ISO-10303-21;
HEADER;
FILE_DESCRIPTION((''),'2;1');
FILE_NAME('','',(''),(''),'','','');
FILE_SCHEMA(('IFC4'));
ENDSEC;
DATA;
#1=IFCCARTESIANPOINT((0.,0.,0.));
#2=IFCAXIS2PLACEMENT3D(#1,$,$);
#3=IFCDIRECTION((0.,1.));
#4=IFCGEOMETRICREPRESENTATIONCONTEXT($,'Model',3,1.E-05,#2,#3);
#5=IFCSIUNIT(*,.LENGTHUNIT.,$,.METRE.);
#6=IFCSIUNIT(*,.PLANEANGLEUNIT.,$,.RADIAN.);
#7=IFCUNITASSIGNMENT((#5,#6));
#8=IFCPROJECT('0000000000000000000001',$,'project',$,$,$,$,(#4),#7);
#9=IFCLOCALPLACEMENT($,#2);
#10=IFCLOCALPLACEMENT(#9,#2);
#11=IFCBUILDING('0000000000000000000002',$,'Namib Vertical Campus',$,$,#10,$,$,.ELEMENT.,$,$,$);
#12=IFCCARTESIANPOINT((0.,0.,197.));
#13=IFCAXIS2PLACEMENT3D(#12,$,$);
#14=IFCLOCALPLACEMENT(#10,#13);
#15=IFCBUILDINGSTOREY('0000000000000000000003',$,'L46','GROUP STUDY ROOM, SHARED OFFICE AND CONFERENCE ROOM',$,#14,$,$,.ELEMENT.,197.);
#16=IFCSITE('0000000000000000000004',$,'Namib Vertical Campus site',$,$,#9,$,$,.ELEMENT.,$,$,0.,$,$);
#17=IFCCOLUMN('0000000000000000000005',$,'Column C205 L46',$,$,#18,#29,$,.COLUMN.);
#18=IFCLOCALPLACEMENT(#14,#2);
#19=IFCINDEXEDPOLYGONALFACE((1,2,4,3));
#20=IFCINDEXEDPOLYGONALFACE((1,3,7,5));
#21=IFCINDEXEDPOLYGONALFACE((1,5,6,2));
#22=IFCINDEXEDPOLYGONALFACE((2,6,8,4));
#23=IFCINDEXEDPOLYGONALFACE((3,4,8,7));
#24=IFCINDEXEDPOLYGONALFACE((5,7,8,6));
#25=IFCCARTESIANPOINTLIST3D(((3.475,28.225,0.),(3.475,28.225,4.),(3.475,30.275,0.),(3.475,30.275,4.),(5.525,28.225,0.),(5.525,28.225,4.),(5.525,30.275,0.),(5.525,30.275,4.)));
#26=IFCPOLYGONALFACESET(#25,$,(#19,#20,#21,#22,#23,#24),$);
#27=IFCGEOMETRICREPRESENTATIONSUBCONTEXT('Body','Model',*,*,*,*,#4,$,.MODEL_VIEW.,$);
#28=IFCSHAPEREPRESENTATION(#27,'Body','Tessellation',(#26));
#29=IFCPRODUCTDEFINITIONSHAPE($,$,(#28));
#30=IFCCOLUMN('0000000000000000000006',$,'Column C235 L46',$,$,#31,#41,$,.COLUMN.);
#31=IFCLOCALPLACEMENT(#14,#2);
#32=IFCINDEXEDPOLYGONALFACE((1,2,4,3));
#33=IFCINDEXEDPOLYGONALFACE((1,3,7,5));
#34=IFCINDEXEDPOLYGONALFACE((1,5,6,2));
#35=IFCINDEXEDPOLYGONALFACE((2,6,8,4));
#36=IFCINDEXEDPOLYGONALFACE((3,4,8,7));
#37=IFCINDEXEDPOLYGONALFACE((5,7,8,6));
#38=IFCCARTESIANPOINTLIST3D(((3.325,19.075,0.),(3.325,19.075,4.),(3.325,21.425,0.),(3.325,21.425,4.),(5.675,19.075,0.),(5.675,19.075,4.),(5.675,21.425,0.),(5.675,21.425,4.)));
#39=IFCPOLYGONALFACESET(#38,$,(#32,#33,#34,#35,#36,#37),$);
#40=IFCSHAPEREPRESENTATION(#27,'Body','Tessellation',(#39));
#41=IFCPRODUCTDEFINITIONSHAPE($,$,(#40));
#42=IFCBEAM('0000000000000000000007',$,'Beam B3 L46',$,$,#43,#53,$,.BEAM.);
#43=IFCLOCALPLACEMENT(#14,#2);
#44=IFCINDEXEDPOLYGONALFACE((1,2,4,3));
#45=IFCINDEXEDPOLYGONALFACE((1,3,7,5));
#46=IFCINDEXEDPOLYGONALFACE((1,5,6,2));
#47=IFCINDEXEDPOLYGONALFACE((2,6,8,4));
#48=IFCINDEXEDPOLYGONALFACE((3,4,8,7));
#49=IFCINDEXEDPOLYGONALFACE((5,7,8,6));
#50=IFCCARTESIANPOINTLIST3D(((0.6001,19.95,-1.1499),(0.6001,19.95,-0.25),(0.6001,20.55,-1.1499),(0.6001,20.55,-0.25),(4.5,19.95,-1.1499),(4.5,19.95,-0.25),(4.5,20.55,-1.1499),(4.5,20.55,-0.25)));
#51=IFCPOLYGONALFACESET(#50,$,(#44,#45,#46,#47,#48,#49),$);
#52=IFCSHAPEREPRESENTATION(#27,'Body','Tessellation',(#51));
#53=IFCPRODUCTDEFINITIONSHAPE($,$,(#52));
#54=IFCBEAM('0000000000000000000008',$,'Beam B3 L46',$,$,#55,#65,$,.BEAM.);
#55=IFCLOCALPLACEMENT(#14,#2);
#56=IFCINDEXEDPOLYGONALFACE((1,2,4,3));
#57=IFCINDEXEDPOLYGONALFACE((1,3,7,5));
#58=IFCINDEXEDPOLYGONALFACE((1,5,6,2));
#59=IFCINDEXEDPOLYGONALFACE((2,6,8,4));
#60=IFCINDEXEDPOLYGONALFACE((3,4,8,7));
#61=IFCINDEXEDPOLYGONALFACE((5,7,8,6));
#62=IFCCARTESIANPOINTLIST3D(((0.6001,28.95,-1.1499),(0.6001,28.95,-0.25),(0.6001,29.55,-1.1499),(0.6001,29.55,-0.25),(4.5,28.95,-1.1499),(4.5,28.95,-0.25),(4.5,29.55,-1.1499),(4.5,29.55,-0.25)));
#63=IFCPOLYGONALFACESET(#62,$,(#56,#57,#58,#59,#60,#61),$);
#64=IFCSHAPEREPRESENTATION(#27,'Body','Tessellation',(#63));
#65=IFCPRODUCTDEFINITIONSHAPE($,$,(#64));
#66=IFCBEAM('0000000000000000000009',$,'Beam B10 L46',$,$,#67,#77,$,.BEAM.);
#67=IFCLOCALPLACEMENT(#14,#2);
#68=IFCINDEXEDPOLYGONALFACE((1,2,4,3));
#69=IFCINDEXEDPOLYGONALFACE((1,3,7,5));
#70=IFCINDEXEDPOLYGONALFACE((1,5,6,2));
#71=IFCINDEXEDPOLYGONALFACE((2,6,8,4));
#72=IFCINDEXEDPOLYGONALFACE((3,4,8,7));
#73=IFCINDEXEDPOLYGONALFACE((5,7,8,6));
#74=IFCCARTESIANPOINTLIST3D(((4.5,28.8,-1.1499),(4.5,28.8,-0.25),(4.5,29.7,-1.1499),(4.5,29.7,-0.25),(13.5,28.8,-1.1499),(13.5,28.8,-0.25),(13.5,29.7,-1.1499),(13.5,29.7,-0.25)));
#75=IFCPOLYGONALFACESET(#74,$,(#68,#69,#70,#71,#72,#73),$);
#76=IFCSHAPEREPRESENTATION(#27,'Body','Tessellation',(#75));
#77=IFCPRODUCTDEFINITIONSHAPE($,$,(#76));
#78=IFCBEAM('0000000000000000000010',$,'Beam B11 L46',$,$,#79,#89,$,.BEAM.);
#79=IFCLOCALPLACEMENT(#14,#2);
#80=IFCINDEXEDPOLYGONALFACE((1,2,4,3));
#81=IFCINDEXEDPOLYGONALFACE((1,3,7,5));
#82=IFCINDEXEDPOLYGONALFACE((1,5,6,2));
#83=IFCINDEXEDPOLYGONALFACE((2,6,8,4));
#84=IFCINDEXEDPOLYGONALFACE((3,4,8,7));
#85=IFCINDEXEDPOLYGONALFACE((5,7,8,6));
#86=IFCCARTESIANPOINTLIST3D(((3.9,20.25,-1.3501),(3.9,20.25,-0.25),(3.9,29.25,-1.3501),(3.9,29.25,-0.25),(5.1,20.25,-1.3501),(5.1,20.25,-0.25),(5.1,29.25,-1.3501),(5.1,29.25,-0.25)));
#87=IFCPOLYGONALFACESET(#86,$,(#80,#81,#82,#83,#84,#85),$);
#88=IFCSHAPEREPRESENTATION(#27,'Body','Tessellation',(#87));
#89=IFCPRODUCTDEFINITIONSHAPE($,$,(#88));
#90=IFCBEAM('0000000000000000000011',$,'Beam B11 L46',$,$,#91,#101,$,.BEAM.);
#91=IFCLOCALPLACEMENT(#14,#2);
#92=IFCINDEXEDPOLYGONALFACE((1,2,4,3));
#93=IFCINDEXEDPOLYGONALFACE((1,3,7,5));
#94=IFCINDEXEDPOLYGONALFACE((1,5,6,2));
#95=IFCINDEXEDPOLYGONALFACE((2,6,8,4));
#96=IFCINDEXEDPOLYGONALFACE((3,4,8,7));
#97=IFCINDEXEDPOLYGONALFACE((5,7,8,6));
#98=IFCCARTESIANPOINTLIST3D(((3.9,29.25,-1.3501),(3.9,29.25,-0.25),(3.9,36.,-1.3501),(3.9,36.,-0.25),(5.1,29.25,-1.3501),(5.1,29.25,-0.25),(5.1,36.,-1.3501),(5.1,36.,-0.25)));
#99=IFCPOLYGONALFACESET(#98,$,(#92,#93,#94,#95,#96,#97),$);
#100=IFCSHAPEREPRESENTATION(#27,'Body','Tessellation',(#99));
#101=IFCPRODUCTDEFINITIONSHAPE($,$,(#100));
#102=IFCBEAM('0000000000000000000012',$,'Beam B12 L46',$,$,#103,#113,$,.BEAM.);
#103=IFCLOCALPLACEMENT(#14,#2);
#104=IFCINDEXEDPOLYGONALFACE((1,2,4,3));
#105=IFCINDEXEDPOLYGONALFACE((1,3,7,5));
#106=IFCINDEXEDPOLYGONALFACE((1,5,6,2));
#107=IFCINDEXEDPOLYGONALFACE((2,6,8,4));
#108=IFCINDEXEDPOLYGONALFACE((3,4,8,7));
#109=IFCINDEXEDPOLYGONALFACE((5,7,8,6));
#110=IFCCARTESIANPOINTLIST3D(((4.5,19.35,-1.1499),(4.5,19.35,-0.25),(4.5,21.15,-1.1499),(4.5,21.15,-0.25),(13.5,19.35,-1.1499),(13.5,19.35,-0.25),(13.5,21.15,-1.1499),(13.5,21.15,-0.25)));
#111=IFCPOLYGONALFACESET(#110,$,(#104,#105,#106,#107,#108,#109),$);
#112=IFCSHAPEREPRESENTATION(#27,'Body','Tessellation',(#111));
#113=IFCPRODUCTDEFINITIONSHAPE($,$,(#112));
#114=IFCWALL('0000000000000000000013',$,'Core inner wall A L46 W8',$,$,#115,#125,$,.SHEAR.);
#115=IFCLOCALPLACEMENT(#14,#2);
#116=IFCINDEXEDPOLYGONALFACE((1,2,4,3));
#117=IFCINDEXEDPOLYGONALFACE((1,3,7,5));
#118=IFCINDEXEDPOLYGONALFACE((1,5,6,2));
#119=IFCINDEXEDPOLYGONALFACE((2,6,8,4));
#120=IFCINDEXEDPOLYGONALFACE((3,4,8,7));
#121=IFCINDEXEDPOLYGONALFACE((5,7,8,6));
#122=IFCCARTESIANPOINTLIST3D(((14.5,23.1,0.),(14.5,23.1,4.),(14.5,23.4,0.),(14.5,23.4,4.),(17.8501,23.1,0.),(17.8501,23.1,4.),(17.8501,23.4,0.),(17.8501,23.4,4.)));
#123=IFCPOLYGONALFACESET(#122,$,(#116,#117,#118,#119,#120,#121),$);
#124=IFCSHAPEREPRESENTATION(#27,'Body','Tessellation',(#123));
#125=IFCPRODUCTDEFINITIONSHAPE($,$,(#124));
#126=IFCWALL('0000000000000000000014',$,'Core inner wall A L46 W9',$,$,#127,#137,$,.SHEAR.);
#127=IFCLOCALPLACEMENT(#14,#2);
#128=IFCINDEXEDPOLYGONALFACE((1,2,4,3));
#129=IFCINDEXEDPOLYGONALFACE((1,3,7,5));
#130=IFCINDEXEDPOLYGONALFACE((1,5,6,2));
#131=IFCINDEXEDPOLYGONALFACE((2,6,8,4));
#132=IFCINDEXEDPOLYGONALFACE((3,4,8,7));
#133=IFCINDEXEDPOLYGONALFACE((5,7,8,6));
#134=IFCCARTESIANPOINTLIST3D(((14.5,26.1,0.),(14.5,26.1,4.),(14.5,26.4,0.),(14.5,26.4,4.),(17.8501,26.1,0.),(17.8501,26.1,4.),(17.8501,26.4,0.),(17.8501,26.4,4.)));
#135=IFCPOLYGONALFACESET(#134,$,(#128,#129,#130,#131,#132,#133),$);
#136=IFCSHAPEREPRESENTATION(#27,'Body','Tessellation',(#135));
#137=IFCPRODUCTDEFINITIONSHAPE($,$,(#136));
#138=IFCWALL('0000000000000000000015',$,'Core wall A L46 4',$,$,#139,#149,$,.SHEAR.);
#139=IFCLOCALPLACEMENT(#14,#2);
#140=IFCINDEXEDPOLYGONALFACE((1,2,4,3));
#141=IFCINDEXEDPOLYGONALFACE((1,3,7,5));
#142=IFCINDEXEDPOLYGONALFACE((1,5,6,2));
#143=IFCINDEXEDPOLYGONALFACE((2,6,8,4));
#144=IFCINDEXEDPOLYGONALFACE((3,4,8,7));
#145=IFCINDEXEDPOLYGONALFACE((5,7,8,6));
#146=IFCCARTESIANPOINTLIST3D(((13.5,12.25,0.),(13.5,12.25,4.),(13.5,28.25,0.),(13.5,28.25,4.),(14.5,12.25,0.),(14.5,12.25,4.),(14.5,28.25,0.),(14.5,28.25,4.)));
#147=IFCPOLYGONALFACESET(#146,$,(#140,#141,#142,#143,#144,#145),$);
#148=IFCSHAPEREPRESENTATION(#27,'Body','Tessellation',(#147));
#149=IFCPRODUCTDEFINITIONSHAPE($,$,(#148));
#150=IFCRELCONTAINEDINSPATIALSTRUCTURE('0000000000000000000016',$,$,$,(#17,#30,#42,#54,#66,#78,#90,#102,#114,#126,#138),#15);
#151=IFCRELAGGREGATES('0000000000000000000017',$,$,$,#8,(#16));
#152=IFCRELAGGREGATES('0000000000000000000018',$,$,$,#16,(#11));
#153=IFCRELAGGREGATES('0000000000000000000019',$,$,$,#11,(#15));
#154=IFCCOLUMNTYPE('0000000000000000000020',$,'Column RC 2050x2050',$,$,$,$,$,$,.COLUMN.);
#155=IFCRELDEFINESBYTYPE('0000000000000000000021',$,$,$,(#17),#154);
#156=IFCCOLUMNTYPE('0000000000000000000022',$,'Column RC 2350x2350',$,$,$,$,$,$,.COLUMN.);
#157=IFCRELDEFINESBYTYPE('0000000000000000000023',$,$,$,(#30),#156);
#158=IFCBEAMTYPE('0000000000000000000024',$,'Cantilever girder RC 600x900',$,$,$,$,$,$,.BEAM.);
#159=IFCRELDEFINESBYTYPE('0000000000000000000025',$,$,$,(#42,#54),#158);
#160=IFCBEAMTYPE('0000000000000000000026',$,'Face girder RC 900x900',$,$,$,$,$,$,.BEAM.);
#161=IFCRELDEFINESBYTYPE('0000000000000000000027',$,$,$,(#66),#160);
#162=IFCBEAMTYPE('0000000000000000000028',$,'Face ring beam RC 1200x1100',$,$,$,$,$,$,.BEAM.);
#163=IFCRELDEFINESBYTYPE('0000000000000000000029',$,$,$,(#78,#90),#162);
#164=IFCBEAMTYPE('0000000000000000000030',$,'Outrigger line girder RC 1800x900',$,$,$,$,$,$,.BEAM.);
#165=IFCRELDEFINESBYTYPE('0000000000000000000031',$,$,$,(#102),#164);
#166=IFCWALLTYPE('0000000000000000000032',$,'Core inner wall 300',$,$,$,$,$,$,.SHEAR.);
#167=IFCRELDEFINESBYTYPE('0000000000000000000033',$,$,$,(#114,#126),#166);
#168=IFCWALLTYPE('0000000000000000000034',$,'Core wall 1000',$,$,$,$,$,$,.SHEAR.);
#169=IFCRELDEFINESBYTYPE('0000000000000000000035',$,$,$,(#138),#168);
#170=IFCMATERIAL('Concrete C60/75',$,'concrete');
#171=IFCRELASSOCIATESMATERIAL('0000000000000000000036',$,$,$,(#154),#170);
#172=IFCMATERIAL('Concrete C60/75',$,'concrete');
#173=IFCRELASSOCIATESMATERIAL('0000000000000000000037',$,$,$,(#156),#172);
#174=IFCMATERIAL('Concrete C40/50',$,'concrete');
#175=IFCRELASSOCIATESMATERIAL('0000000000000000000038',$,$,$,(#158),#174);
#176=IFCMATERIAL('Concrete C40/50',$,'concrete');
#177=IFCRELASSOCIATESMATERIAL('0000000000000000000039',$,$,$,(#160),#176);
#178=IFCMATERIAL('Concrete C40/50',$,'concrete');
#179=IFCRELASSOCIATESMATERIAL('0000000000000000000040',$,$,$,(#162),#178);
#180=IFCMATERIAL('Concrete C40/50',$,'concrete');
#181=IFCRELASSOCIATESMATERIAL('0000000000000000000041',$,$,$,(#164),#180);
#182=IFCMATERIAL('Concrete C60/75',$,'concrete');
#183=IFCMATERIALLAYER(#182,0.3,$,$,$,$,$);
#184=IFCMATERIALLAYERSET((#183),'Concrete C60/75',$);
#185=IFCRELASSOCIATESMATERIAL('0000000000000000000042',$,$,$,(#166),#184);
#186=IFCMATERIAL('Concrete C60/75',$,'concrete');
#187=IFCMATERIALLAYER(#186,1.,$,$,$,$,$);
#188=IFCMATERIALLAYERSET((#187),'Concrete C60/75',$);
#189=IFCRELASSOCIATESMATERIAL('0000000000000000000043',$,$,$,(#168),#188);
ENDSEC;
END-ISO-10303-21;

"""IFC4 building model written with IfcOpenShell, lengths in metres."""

from ifc_helpers import new_model, si_unit, direction, frame, frame_2d, origin, origin_2d, place, context, subcontext, project, spatial, rectangle, extrude, material, layer, layer_set, material_profile, profile_set, type_object, element, save


model = new_model("IFC4")

# Units and contexts
model_context = context("Model", 3, precision=1e-05, world=origin(), true_north=direction((0.0, 1.0)))
body_context = subcontext(model_context, "Body", "Model", "MODEL_VIEW")
ifc_project = project(units=[si_unit("LENGTHUNIT", "METRE"), si_unit("PLANEANGLEUNIT", "RADIAN")], contexts=[model_context])

# Site, building, storey
site_placement = place(None, origin())
site = spatial("IfcSite", under=ifc_project, at=site_placement, Name="Namib Vertical Campus site", CompositionType="ELEMENT", RefElevation=0.0)
building_placement = place(site_placement, origin())
building = spatial("IfcBuilding", under=site, at=building_placement, Name="Namib Vertical Campus", CompositionType="ELEMENT")
storey_placement = place(building_placement, frame((0.0, 0.0, 197.0)))
storey = spatial("IfcBuildingStorey", under=building, at=storey_placement, Name="L46", Description="GROUP STUDY ROOM, SHARED OFFICE AND CONFERENCE ROOM", CompositionType="ELEMENT", Elevation=197.0)

# Columns
ifc_material_1 = material(Name="Concrete C60/75", Category="concrete")
ifc_material_profile_1 = material_profile(ifc_material_1, rectangle(XDim=2.05, YDim=2.05, at=origin_2d()))
ifc_profile_set_1 = profile_set([ifc_material_profile_1], Name="Concrete C60/75")
column_type_1 = type_object("IfcColumnType", Name="Column RC 2050x2050", PredefinedType="COLUMN", material=ifc_profile_set_1)
column_1_placement = place(storey_placement, frame((4.5, 29.25, 0.0), z_axis=(0.0, 0.0, 1.0), x_axis=(1.0, 0.0, 0.0)))
element("IfcColumn", 1, at=column_1_placement, inside=storey, type_object=column_type_1, Name="Column C205 L46", PredefinedType="COLUMN", context=body_context, shape_type="SweptSolid", body=[
    extrude(rectangle(XDim=2.05, YDim=2.05, at=origin_2d()), origin(), (0.0, 0.0, 1.0), 4.0),
])
ifc_material_2 = material(Name="Concrete C60/75", Category="concrete")
ifc_material_profile_2 = material_profile(ifc_material_2, rectangle(XDim=2.3501, YDim=2.3501, at=origin_2d()))
ifc_profile_set_2 = profile_set([ifc_material_profile_2], Name="Concrete C60/75")
column_type_2 = type_object("IfcColumnType", Name="Column RC 2350x2350", PredefinedType="COLUMN", material=ifc_profile_set_2)
column_2_placement = place(storey_placement, frame((4.5, 20.25, 0.0), z_axis=(0.0, 0.0, 1.0), x_axis=(1.0, 0.0, 0.0)))
element("IfcColumn", 2, at=column_2_placement, inside=storey, type_object=column_type_2, Name="Column C235 L46", PredefinedType="COLUMN", context=body_context, shape_type="SweptSolid", body=[
    extrude(rectangle(XDim=2.3501, YDim=2.3501, at=origin_2d()), origin(), (0.0, 0.0, 1.0), 4.0),
])

# Beams
ifc_material_3 = material(Name="Concrete C40/50", Category="concrete")
ifc_material_profile_3 = material_profile(ifc_material_3, rectangle(XDim=0.6001, YDim=0.8999, at=origin_2d()))
ifc_profile_set_3 = profile_set([ifc_material_profile_3], Name="Concrete C40/50")
beam_type_1 = type_object("IfcBeamType", Name="Cantilever girder RC 600x900", PredefinedType="BEAM", material=ifc_profile_set_3)
for number, where, z_axis, x_axis, name in (
    (3, (4.5, 20.25, -0.7), (-1.0, 0.0, 0.0), (0.0, -1.0, 0.0), "Beam B3 L46"),
    (4, (4.5, 29.25, -0.7), (-1.0, 0.0, 0.0), (0.0, -1.0, 0.0), "Beam B3 L46"),
):
    element("IfcBeam", number, at=place(storey_placement, frame(where, z_axis=z_axis, x_axis=x_axis)), inside=storey, type_object=beam_type_1, Name=name, PredefinedType="BEAM", context=body_context, shape_type="SweptSolid", body=[
        extrude(rectangle(XDim=0.6001, YDim=0.8999, at=origin_2d()), origin(), (0.0, 0.0, 1.0), 3.8999),
    ])
ifc_material_4 = material(Name="Concrete C40/50", Category="concrete")
ifc_material_profile_4 = material_profile(ifc_material_4, rectangle(XDim=0.8999, YDim=0.8999, at=origin_2d()))
ifc_profile_set_4 = profile_set([ifc_material_profile_4], Name="Concrete C40/50")
beam_type_2 = type_object("IfcBeamType", Name="Face girder RC 900x900", PredefinedType="BEAM", material=ifc_profile_set_4)
beam_1_placement = place(storey_placement, frame((4.5, 29.25, -0.7), z_axis=(1.0, 0.0, 0.0), x_axis=(0.0, 1.0, 0.0)))
element("IfcBeam", 5, at=beam_1_placement, inside=storey, type_object=beam_type_2, Name="Beam B10 L46", PredefinedType="BEAM", context=body_context, shape_type="SweptSolid", body=[
    extrude(rectangle(XDim=0.8999, YDim=0.8999, at=origin_2d()), origin(), (0.0, 0.0, 1.0), 9.0),
])
ifc_material_5 = material(Name="Concrete C40/50", Category="concrete")
ifc_material_profile_5 = material_profile(ifc_material_5, rectangle(XDim=1.2, YDim=1.1001, at=origin_2d()))
ifc_profile_set_5 = profile_set([ifc_material_profile_5], Name="Concrete C40/50")
beam_type_3 = type_object("IfcBeamType", Name="Face ring beam RC 1200x1100", PredefinedType="BEAM", material=ifc_profile_set_5)
beam_2_placement = place(storey_placement, frame((4.5, 20.25, -0.8), z_axis=(0.0, 1.0, 0.0), x_axis=(-1.0, 0.0, 0.0)))
element("IfcBeam", 6, at=beam_2_placement, inside=storey, type_object=beam_type_3, Name="Beam B11 L46", PredefinedType="BEAM", context=body_context, shape_type="SweptSolid", body=[
    extrude(rectangle(XDim=1.2, YDim=1.1001, at=origin_2d()), origin(), (0.0, 0.0, 1.0), 9.0),
])
beam_3_placement = place(storey_placement, frame((4.5, 29.25, -0.8), z_axis=(0.0, 1.0, 0.0), x_axis=(-1.0, 0.0, 0.0)))
element("IfcBeam", 7, at=beam_3_placement, inside=storey, type_object=beam_type_3, Name="Beam B11 L46", PredefinedType="BEAM", context=body_context, shape_type="SweptSolid", body=[
    extrude(rectangle(XDim=1.2, YDim=1.1001, at=origin_2d()), origin(), (0.0, 0.0, 1.0), 6.75),
])
ifc_material_6 = material(Name="Concrete C40/50", Category="concrete")
ifc_material_profile_6 = material_profile(ifc_material_6, rectangle(XDim=1.8, YDim=0.8999, at=origin_2d()))
ifc_profile_set_6 = profile_set([ifc_material_profile_6], Name="Concrete C40/50")
beam_type_4 = type_object("IfcBeamType", Name="Outrigger line girder RC 1800x900", PredefinedType="BEAM", material=ifc_profile_set_6)
beam_4_placement = place(storey_placement, frame((4.5, 20.25, -0.7), z_axis=(1.0, 0.0, 0.0), x_axis=(0.0, 1.0, 0.0)))
element("IfcBeam", 8, at=beam_4_placement, inside=storey, type_object=beam_type_4, Name="Beam B12 L46", PredefinedType="BEAM", context=body_context, shape_type="SweptSolid", body=[
    extrude(rectangle(XDim=1.8, YDim=0.8999, at=origin_2d()), origin(), (0.0, 0.0, 1.0), 9.0),
])

# Walls
ifc_material_7 = material(Name="Concrete C60/75", Category="concrete")
ifc_layer_1 = layer(ifc_material_7, 0.3)
ifc_layer_set_1 = layer_set([ifc_layer_1], Name="Concrete C60/75")
wall_type_1 = type_object("IfcWallType", Name="Core inner wall 300", PredefinedType="SHEAR", material=ifc_layer_set_1)
for number, where, z_axis, x_axis, name in (
    (9, (14.5, 23.25, 0.0), (0.0, 0.0, 1.0), (1.0, 0.0, 0.0), "Core inner wall A L46 W8"),
    (10, (14.5, 26.25, 0.0), (0.0, 0.0, 1.0), (1.0, 0.0, 0.0), "Core inner wall A L46 W9"),
):
    element("IfcWall", number, at=place(storey_placement, frame(where, z_axis=z_axis, x_axis=x_axis)), inside=storey, type_object=wall_type_1, Name=name, PredefinedType="SHEAR", context=body_context, shape_type="SweptSolid", body=[
        extrude(rectangle(XDim=3.3501, YDim=0.3, at=frame_2d((1.675, 0.0))), origin(), (0.0, 0.0, 1.0), 4.0),
    ])
ifc_material_8 = material(Name="Concrete C60/75", Category="concrete")
ifc_layer_2 = layer(ifc_material_8, 1.0)
ifc_layer_set_2 = layer_set([ifc_layer_2], Name="Concrete C60/75")
wall_type_2 = type_object("IfcWallType", Name="Core wall 1000", PredefinedType="SHEAR", material=ifc_layer_set_2)
wall_1_placement = place(storey_placement, frame((14.0, 28.25, 0.0), z_axis=(0.0, 0.0, 1.0), x_axis=(0.0, -1.0, 0.0)))
element("IfcWall", 11, at=wall_1_placement, inside=storey, type_object=wall_type_2, Name="Core wall A L46 4", PredefinedType="SHEAR", context=body_context, shape_type="SweptSolid", body=[
    extrude(rectangle(XDim=16.0, YDim=1.0, at=frame_2d((8.0, 0.0))), origin(), (0.0, 0.0, 1.0), 4.0),
])

save(model, "model.ifc")
